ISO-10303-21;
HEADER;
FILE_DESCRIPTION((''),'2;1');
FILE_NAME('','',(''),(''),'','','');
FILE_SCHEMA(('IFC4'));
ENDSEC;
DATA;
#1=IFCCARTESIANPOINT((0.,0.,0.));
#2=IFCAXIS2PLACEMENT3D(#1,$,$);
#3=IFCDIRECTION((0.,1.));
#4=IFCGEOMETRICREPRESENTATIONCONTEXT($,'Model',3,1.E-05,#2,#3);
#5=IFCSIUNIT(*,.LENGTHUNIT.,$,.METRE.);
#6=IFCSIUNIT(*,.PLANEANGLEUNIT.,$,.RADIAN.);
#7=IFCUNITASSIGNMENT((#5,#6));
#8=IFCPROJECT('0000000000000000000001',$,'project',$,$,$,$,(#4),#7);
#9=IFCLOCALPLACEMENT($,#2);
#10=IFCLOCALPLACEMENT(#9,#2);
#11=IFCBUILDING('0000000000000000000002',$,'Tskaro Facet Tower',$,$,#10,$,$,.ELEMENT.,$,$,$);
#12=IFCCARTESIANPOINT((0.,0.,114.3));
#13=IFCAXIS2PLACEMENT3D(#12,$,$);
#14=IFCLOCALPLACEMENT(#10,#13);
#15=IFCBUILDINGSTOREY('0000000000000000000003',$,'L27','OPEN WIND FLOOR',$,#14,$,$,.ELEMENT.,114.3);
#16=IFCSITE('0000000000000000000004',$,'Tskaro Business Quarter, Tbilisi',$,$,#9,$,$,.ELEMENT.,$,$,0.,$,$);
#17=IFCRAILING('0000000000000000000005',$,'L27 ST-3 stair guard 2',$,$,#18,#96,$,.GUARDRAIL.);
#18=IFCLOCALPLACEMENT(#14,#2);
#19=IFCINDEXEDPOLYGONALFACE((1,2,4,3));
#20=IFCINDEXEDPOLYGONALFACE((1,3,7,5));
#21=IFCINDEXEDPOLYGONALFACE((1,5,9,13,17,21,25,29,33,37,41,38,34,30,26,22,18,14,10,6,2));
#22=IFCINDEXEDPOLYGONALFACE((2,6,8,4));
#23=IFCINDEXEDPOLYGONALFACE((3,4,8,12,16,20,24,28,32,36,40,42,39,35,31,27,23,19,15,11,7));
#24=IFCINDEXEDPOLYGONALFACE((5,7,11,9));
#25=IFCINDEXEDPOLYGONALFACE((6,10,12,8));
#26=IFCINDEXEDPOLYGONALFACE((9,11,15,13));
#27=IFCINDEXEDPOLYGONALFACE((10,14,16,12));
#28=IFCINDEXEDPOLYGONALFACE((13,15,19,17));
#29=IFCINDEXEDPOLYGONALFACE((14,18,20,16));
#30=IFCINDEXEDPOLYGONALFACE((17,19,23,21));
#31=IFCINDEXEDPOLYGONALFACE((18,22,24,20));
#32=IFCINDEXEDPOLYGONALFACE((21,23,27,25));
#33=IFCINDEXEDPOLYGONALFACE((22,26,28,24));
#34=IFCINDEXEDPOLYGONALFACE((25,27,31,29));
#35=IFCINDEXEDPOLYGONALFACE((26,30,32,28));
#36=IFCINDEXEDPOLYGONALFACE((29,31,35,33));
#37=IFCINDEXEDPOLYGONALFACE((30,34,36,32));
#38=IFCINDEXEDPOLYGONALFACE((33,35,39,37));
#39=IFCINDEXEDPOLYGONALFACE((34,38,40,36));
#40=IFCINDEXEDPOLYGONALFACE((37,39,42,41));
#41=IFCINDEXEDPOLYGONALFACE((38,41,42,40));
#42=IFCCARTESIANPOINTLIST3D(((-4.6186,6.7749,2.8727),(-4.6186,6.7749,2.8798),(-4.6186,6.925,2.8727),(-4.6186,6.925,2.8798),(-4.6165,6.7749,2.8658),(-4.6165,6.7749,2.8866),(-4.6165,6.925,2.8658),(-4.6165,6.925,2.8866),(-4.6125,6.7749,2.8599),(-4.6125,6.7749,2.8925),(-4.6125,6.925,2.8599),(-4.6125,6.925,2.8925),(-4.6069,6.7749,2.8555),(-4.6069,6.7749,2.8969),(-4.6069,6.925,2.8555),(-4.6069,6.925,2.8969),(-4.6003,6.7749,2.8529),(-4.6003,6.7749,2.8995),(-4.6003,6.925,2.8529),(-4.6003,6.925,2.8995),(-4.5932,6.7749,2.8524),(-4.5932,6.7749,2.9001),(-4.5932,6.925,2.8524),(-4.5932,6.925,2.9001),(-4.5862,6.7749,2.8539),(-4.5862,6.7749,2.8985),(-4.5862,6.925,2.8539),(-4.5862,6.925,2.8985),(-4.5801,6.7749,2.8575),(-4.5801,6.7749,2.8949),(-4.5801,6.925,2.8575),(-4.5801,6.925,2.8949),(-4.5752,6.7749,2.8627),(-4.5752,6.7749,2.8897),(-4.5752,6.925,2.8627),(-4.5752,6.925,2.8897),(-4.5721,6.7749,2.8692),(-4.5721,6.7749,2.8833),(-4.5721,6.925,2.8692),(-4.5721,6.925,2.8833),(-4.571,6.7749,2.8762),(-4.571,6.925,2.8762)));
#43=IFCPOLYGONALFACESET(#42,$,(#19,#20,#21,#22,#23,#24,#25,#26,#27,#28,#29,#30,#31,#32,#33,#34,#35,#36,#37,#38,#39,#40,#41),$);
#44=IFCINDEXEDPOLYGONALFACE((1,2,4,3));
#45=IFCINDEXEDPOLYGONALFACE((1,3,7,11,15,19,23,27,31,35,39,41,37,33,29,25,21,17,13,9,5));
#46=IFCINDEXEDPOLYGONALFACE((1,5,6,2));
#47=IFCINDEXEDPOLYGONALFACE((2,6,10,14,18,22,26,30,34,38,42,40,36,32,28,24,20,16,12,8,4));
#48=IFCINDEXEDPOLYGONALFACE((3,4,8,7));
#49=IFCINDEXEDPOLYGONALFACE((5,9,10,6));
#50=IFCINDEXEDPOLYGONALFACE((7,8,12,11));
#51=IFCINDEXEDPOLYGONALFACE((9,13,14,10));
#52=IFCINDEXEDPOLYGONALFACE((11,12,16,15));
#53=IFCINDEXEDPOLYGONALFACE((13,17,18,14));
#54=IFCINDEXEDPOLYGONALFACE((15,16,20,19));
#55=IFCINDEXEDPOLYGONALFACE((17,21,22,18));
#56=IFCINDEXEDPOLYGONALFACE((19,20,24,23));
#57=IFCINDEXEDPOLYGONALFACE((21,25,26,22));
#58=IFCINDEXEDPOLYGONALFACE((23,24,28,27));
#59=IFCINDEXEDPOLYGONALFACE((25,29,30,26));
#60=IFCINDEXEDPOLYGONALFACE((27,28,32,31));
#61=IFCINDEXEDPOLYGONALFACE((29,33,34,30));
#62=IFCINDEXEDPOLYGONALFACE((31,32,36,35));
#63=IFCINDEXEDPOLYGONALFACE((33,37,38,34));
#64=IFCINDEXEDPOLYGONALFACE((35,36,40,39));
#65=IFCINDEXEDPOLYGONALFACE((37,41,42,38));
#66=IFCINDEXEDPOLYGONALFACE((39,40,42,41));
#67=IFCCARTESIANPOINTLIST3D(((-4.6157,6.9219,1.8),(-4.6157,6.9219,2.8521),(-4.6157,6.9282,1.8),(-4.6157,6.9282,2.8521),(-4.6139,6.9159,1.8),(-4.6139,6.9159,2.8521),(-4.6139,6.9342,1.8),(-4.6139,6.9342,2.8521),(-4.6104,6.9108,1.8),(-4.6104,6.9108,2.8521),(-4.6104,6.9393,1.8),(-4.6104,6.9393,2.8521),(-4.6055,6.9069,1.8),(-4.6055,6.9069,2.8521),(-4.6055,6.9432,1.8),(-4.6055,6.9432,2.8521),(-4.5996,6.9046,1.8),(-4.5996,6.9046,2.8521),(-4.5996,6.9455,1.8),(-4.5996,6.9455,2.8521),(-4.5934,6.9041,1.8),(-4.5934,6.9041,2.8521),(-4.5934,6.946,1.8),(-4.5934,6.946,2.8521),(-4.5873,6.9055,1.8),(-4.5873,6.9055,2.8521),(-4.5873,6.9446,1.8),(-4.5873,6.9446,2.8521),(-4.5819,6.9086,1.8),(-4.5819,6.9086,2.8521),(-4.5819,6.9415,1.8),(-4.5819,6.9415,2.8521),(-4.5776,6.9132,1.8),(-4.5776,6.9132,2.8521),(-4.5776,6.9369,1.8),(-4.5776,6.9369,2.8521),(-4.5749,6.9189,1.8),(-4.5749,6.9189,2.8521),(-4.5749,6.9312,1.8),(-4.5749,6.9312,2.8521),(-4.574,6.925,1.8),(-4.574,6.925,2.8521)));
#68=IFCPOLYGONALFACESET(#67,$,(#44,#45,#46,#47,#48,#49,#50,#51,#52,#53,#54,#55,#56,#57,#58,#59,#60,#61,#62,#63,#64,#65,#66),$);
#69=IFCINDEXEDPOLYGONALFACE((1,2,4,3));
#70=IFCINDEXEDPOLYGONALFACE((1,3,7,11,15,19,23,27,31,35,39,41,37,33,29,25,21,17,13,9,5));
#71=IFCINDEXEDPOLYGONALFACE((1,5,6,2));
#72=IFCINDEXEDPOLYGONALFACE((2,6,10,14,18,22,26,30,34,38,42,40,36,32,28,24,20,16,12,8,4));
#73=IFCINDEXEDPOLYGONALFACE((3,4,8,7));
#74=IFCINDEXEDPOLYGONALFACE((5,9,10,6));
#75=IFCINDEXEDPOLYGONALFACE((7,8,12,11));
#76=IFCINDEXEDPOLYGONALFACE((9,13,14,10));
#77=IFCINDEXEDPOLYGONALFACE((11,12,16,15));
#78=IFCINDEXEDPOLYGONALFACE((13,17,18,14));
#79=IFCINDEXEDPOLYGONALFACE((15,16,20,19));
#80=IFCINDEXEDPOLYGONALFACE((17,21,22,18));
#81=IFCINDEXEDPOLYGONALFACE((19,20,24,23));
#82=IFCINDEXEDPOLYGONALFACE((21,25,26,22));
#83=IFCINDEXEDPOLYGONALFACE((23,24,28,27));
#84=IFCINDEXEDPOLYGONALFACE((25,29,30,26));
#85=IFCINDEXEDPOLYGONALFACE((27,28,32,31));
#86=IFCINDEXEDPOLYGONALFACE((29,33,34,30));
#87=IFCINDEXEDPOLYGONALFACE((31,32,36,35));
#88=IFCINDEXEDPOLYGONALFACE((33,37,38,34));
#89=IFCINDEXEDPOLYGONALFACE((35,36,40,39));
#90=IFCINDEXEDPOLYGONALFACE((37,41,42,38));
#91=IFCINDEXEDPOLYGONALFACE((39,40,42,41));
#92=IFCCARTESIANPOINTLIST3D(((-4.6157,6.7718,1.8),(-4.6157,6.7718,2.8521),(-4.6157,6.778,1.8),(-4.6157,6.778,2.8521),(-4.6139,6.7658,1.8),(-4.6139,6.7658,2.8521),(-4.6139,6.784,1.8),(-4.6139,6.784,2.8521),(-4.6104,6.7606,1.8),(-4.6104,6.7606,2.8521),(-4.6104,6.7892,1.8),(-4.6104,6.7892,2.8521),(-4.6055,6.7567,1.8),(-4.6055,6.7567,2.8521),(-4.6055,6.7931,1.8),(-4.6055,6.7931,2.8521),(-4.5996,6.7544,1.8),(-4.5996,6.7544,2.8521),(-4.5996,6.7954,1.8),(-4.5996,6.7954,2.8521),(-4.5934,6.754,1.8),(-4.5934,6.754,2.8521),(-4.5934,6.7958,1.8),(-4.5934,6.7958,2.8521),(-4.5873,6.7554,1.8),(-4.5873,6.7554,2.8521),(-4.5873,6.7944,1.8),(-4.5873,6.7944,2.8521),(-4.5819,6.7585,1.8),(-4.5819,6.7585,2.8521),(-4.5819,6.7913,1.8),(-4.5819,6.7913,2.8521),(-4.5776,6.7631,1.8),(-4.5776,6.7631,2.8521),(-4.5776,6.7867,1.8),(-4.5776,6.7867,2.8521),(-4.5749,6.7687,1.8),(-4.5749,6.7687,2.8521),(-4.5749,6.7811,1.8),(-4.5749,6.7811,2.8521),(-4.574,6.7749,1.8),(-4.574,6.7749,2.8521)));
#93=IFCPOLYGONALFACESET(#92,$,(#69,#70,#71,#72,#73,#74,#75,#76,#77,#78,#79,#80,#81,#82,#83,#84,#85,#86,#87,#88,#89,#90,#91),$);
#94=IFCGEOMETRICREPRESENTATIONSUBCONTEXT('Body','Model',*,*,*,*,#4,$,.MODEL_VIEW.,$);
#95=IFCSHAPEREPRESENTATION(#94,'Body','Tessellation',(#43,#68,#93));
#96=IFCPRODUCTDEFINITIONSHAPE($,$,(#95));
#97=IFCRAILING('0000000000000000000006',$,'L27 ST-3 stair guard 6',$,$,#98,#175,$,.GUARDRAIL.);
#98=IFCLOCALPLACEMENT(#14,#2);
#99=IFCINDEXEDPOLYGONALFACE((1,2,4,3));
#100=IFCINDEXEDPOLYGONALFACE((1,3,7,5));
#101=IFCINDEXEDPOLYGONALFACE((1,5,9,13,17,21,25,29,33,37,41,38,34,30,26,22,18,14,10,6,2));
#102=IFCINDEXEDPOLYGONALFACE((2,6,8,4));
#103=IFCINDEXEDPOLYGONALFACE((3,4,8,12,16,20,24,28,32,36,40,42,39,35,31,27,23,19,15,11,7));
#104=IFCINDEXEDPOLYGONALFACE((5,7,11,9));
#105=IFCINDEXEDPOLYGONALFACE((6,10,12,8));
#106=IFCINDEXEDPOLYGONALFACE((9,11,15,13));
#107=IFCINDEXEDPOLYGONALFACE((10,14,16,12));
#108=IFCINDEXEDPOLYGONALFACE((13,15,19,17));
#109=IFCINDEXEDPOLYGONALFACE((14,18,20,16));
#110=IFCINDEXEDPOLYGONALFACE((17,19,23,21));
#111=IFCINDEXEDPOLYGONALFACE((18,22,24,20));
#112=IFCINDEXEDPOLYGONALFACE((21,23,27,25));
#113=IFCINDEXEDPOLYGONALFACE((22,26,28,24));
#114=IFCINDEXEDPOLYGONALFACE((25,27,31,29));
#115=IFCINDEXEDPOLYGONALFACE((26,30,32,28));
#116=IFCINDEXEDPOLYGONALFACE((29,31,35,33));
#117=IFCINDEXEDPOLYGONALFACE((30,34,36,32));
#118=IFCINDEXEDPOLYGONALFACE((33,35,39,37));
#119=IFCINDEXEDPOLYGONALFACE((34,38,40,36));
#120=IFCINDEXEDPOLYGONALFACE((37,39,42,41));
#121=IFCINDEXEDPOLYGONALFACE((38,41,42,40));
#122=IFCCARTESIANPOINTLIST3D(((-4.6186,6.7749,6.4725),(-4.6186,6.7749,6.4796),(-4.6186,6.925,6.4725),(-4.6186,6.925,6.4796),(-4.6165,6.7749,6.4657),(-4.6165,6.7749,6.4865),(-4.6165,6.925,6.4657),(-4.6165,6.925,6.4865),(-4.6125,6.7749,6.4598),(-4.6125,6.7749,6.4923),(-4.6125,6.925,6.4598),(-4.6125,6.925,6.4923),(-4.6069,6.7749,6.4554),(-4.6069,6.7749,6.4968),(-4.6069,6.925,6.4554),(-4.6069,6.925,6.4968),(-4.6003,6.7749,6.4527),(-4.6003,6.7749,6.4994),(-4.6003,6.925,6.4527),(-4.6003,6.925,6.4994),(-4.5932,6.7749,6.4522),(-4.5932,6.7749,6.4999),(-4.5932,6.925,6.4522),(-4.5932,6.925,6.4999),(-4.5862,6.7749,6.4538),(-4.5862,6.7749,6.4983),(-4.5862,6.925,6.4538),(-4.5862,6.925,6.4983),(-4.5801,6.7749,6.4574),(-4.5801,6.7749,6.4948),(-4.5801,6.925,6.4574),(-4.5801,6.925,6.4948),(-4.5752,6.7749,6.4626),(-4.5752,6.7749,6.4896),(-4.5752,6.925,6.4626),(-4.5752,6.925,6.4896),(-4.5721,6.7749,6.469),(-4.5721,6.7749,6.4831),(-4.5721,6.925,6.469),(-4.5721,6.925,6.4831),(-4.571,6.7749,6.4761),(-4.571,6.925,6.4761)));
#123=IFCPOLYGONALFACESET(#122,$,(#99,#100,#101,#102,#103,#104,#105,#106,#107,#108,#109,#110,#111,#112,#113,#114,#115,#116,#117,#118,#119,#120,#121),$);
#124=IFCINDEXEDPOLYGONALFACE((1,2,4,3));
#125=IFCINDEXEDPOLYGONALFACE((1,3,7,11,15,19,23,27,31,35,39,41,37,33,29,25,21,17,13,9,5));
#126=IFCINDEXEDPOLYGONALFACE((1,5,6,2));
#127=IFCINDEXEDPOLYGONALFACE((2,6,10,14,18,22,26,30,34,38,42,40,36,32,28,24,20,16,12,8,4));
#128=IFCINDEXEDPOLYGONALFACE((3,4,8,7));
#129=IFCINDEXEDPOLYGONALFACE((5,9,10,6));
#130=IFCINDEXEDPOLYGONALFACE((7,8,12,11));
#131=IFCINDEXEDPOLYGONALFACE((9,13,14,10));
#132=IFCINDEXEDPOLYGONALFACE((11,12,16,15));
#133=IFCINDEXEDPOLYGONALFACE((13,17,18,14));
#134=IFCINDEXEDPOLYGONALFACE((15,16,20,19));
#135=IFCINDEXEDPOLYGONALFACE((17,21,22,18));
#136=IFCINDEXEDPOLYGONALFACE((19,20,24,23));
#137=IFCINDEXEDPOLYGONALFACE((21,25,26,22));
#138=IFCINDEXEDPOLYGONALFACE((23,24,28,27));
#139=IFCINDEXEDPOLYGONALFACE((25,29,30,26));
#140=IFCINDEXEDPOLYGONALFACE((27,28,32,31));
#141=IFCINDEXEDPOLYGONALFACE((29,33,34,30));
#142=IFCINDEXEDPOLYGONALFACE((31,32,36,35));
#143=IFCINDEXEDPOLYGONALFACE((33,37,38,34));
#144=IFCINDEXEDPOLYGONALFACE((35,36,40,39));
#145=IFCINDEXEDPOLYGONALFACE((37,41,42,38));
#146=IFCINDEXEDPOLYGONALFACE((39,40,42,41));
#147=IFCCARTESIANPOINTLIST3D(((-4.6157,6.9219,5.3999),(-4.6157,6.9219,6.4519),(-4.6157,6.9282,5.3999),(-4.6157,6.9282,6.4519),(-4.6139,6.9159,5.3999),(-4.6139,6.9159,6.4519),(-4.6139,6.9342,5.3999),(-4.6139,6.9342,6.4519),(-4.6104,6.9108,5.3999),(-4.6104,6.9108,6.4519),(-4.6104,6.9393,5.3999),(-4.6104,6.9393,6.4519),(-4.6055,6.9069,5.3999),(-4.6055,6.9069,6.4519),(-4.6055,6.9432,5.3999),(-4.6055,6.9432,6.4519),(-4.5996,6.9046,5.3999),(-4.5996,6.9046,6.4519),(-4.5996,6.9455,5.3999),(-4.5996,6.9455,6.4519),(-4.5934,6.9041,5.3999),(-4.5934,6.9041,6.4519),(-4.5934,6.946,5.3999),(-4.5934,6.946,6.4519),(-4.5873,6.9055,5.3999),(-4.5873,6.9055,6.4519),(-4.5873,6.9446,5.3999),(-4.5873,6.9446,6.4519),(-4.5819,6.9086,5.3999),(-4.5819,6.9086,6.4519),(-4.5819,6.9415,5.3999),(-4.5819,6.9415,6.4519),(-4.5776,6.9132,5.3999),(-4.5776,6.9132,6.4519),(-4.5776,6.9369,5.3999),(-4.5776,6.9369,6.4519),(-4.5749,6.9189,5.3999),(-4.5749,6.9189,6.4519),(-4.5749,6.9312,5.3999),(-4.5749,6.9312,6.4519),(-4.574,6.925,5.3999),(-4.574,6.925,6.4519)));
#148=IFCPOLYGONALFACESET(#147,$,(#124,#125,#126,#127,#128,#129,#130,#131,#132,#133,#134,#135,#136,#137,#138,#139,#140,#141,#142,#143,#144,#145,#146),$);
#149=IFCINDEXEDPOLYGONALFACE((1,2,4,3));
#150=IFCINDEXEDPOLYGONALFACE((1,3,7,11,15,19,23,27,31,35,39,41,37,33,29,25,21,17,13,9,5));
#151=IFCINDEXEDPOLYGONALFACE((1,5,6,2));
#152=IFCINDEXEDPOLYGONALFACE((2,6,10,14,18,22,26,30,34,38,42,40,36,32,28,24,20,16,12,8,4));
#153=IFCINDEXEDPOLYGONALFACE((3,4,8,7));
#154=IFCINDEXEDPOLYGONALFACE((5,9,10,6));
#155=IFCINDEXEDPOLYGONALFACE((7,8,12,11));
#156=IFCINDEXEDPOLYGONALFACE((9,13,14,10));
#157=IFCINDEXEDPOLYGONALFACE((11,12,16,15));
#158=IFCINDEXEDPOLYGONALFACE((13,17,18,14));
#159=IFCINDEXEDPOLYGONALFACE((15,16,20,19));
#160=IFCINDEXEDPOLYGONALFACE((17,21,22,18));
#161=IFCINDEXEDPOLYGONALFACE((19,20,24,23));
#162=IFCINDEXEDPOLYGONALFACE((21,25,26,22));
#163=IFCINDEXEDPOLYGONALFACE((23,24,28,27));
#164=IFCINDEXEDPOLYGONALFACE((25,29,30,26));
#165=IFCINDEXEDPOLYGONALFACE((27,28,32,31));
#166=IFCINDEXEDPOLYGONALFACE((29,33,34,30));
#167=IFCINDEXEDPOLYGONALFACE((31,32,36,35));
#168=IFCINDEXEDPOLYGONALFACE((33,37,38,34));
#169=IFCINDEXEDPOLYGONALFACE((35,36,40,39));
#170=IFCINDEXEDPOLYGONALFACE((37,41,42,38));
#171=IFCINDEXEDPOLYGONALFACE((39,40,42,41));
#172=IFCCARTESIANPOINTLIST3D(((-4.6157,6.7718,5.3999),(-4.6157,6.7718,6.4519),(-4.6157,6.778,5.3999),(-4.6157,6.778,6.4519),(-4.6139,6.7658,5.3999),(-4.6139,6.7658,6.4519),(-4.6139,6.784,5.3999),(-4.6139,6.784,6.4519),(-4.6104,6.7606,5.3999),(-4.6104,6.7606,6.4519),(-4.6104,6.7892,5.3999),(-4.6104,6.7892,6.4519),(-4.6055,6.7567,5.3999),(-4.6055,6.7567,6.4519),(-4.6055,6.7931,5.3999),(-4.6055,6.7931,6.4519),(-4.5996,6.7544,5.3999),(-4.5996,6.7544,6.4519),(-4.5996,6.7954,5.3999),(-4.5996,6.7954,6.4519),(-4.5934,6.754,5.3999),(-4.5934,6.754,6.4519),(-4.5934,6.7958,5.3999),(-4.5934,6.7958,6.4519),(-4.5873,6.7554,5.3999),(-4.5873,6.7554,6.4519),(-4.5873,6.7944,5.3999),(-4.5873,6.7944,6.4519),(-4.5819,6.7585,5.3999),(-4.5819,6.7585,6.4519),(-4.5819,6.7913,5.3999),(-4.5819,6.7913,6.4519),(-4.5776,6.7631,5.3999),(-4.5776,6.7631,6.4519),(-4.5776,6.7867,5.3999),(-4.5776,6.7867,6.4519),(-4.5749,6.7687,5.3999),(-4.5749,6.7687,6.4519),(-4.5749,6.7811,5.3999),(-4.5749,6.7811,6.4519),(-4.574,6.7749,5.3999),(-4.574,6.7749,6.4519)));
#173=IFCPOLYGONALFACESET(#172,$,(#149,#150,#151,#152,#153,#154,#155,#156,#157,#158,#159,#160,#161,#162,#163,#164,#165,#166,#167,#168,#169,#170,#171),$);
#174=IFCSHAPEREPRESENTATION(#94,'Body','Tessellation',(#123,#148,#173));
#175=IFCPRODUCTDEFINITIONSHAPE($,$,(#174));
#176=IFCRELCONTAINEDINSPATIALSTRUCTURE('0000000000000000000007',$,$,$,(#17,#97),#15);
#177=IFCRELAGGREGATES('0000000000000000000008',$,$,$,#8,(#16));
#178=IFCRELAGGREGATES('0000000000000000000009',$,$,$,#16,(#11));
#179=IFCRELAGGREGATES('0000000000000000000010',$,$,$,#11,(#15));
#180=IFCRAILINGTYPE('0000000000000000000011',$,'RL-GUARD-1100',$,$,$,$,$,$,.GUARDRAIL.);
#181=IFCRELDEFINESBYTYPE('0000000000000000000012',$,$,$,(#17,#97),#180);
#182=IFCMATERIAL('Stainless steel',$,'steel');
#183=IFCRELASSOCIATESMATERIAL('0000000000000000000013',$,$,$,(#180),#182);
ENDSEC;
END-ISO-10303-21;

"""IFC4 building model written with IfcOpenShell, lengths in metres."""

from ifc_helpers import new_model, si_unit, direction, frame, origin, origin_2d, place, context, subcontext, project, spatial, circle, extrude, material, type_object, element, save


model = new_model("IFC4")

# Units and contexts
model_context = context("Model", 3, precision=1e-05, world=origin(), true_north=direction((0.0, 1.0)))
body_context = subcontext(model_context, "Body", "Model", "MODEL_VIEW")
ifc_project = project(units=[si_unit("LENGTHUNIT", "METRE"), si_unit("PLANEANGLEUNIT", "RADIAN")], contexts=[model_context])

# Site, building, storey
site_placement = place(None, origin())
site = spatial("IfcSite", under=ifc_project, at=site_placement, Name="Tskaro Business Quarter, Tbilisi", CompositionType="ELEMENT", RefElevation=0.0)
building_placement = place(site_placement, origin())
building = spatial("IfcBuilding", under=site, at=building_placement, Name="Tskaro Facet Tower", CompositionType="ELEMENT")
storey_placement = place(building_placement, frame((0.0, 0.0, 114.3)))
storey = spatial("IfcBuildingStorey", under=building, at=storey_placement, Name="L27", Description="OPEN WIND FLOOR", CompositionType="ELEMENT", Elevation=114.3)

# Railings
ifc_material_1 = material(Name="Stainless steel", Category="steel")
railing_type_1 = type_object("IfcRailingType", Name="RL-GUARD-1100", PredefinedType="GUARDRAIL", material=ifc_material_1)
for number, where, name in (
    (1, (-4.595, 6.925, 1.8), "L27 ST-3 stair guard 2"),
    (2, (-4.595, 6.925, 5.3999), "L27 ST-3 stair guard 6"),
):
    element("IfcRailing", number, at=place(storey_placement, frame(where)), inside=storey, type_object=railing_type_1, Name=name, PredefinedType="GUARDRAIL", context=body_context, shape_type="SweptSolid", body=[
        extrude(circle(Radius=0.0239, at=origin_2d()), frame((0.0, 0.0, 1.0762), z_axis=(0.0, -1.0, 0.0), x_axis=(1.0, 0.0, 0.0)), (0.0, 0.0, 1.0), 0.1501),
        extrude(circle(Radius=0.021, at=origin_2d()), origin(), (0.0, 0.0, 1.0), 1.052),
        extrude(circle(Radius=0.021, at=origin_2d()), frame((0.0, -0.1501, 0.0)), (0.0, 0.0, 1.0), 1.052),
    ])

save(model, "model.ifc")
